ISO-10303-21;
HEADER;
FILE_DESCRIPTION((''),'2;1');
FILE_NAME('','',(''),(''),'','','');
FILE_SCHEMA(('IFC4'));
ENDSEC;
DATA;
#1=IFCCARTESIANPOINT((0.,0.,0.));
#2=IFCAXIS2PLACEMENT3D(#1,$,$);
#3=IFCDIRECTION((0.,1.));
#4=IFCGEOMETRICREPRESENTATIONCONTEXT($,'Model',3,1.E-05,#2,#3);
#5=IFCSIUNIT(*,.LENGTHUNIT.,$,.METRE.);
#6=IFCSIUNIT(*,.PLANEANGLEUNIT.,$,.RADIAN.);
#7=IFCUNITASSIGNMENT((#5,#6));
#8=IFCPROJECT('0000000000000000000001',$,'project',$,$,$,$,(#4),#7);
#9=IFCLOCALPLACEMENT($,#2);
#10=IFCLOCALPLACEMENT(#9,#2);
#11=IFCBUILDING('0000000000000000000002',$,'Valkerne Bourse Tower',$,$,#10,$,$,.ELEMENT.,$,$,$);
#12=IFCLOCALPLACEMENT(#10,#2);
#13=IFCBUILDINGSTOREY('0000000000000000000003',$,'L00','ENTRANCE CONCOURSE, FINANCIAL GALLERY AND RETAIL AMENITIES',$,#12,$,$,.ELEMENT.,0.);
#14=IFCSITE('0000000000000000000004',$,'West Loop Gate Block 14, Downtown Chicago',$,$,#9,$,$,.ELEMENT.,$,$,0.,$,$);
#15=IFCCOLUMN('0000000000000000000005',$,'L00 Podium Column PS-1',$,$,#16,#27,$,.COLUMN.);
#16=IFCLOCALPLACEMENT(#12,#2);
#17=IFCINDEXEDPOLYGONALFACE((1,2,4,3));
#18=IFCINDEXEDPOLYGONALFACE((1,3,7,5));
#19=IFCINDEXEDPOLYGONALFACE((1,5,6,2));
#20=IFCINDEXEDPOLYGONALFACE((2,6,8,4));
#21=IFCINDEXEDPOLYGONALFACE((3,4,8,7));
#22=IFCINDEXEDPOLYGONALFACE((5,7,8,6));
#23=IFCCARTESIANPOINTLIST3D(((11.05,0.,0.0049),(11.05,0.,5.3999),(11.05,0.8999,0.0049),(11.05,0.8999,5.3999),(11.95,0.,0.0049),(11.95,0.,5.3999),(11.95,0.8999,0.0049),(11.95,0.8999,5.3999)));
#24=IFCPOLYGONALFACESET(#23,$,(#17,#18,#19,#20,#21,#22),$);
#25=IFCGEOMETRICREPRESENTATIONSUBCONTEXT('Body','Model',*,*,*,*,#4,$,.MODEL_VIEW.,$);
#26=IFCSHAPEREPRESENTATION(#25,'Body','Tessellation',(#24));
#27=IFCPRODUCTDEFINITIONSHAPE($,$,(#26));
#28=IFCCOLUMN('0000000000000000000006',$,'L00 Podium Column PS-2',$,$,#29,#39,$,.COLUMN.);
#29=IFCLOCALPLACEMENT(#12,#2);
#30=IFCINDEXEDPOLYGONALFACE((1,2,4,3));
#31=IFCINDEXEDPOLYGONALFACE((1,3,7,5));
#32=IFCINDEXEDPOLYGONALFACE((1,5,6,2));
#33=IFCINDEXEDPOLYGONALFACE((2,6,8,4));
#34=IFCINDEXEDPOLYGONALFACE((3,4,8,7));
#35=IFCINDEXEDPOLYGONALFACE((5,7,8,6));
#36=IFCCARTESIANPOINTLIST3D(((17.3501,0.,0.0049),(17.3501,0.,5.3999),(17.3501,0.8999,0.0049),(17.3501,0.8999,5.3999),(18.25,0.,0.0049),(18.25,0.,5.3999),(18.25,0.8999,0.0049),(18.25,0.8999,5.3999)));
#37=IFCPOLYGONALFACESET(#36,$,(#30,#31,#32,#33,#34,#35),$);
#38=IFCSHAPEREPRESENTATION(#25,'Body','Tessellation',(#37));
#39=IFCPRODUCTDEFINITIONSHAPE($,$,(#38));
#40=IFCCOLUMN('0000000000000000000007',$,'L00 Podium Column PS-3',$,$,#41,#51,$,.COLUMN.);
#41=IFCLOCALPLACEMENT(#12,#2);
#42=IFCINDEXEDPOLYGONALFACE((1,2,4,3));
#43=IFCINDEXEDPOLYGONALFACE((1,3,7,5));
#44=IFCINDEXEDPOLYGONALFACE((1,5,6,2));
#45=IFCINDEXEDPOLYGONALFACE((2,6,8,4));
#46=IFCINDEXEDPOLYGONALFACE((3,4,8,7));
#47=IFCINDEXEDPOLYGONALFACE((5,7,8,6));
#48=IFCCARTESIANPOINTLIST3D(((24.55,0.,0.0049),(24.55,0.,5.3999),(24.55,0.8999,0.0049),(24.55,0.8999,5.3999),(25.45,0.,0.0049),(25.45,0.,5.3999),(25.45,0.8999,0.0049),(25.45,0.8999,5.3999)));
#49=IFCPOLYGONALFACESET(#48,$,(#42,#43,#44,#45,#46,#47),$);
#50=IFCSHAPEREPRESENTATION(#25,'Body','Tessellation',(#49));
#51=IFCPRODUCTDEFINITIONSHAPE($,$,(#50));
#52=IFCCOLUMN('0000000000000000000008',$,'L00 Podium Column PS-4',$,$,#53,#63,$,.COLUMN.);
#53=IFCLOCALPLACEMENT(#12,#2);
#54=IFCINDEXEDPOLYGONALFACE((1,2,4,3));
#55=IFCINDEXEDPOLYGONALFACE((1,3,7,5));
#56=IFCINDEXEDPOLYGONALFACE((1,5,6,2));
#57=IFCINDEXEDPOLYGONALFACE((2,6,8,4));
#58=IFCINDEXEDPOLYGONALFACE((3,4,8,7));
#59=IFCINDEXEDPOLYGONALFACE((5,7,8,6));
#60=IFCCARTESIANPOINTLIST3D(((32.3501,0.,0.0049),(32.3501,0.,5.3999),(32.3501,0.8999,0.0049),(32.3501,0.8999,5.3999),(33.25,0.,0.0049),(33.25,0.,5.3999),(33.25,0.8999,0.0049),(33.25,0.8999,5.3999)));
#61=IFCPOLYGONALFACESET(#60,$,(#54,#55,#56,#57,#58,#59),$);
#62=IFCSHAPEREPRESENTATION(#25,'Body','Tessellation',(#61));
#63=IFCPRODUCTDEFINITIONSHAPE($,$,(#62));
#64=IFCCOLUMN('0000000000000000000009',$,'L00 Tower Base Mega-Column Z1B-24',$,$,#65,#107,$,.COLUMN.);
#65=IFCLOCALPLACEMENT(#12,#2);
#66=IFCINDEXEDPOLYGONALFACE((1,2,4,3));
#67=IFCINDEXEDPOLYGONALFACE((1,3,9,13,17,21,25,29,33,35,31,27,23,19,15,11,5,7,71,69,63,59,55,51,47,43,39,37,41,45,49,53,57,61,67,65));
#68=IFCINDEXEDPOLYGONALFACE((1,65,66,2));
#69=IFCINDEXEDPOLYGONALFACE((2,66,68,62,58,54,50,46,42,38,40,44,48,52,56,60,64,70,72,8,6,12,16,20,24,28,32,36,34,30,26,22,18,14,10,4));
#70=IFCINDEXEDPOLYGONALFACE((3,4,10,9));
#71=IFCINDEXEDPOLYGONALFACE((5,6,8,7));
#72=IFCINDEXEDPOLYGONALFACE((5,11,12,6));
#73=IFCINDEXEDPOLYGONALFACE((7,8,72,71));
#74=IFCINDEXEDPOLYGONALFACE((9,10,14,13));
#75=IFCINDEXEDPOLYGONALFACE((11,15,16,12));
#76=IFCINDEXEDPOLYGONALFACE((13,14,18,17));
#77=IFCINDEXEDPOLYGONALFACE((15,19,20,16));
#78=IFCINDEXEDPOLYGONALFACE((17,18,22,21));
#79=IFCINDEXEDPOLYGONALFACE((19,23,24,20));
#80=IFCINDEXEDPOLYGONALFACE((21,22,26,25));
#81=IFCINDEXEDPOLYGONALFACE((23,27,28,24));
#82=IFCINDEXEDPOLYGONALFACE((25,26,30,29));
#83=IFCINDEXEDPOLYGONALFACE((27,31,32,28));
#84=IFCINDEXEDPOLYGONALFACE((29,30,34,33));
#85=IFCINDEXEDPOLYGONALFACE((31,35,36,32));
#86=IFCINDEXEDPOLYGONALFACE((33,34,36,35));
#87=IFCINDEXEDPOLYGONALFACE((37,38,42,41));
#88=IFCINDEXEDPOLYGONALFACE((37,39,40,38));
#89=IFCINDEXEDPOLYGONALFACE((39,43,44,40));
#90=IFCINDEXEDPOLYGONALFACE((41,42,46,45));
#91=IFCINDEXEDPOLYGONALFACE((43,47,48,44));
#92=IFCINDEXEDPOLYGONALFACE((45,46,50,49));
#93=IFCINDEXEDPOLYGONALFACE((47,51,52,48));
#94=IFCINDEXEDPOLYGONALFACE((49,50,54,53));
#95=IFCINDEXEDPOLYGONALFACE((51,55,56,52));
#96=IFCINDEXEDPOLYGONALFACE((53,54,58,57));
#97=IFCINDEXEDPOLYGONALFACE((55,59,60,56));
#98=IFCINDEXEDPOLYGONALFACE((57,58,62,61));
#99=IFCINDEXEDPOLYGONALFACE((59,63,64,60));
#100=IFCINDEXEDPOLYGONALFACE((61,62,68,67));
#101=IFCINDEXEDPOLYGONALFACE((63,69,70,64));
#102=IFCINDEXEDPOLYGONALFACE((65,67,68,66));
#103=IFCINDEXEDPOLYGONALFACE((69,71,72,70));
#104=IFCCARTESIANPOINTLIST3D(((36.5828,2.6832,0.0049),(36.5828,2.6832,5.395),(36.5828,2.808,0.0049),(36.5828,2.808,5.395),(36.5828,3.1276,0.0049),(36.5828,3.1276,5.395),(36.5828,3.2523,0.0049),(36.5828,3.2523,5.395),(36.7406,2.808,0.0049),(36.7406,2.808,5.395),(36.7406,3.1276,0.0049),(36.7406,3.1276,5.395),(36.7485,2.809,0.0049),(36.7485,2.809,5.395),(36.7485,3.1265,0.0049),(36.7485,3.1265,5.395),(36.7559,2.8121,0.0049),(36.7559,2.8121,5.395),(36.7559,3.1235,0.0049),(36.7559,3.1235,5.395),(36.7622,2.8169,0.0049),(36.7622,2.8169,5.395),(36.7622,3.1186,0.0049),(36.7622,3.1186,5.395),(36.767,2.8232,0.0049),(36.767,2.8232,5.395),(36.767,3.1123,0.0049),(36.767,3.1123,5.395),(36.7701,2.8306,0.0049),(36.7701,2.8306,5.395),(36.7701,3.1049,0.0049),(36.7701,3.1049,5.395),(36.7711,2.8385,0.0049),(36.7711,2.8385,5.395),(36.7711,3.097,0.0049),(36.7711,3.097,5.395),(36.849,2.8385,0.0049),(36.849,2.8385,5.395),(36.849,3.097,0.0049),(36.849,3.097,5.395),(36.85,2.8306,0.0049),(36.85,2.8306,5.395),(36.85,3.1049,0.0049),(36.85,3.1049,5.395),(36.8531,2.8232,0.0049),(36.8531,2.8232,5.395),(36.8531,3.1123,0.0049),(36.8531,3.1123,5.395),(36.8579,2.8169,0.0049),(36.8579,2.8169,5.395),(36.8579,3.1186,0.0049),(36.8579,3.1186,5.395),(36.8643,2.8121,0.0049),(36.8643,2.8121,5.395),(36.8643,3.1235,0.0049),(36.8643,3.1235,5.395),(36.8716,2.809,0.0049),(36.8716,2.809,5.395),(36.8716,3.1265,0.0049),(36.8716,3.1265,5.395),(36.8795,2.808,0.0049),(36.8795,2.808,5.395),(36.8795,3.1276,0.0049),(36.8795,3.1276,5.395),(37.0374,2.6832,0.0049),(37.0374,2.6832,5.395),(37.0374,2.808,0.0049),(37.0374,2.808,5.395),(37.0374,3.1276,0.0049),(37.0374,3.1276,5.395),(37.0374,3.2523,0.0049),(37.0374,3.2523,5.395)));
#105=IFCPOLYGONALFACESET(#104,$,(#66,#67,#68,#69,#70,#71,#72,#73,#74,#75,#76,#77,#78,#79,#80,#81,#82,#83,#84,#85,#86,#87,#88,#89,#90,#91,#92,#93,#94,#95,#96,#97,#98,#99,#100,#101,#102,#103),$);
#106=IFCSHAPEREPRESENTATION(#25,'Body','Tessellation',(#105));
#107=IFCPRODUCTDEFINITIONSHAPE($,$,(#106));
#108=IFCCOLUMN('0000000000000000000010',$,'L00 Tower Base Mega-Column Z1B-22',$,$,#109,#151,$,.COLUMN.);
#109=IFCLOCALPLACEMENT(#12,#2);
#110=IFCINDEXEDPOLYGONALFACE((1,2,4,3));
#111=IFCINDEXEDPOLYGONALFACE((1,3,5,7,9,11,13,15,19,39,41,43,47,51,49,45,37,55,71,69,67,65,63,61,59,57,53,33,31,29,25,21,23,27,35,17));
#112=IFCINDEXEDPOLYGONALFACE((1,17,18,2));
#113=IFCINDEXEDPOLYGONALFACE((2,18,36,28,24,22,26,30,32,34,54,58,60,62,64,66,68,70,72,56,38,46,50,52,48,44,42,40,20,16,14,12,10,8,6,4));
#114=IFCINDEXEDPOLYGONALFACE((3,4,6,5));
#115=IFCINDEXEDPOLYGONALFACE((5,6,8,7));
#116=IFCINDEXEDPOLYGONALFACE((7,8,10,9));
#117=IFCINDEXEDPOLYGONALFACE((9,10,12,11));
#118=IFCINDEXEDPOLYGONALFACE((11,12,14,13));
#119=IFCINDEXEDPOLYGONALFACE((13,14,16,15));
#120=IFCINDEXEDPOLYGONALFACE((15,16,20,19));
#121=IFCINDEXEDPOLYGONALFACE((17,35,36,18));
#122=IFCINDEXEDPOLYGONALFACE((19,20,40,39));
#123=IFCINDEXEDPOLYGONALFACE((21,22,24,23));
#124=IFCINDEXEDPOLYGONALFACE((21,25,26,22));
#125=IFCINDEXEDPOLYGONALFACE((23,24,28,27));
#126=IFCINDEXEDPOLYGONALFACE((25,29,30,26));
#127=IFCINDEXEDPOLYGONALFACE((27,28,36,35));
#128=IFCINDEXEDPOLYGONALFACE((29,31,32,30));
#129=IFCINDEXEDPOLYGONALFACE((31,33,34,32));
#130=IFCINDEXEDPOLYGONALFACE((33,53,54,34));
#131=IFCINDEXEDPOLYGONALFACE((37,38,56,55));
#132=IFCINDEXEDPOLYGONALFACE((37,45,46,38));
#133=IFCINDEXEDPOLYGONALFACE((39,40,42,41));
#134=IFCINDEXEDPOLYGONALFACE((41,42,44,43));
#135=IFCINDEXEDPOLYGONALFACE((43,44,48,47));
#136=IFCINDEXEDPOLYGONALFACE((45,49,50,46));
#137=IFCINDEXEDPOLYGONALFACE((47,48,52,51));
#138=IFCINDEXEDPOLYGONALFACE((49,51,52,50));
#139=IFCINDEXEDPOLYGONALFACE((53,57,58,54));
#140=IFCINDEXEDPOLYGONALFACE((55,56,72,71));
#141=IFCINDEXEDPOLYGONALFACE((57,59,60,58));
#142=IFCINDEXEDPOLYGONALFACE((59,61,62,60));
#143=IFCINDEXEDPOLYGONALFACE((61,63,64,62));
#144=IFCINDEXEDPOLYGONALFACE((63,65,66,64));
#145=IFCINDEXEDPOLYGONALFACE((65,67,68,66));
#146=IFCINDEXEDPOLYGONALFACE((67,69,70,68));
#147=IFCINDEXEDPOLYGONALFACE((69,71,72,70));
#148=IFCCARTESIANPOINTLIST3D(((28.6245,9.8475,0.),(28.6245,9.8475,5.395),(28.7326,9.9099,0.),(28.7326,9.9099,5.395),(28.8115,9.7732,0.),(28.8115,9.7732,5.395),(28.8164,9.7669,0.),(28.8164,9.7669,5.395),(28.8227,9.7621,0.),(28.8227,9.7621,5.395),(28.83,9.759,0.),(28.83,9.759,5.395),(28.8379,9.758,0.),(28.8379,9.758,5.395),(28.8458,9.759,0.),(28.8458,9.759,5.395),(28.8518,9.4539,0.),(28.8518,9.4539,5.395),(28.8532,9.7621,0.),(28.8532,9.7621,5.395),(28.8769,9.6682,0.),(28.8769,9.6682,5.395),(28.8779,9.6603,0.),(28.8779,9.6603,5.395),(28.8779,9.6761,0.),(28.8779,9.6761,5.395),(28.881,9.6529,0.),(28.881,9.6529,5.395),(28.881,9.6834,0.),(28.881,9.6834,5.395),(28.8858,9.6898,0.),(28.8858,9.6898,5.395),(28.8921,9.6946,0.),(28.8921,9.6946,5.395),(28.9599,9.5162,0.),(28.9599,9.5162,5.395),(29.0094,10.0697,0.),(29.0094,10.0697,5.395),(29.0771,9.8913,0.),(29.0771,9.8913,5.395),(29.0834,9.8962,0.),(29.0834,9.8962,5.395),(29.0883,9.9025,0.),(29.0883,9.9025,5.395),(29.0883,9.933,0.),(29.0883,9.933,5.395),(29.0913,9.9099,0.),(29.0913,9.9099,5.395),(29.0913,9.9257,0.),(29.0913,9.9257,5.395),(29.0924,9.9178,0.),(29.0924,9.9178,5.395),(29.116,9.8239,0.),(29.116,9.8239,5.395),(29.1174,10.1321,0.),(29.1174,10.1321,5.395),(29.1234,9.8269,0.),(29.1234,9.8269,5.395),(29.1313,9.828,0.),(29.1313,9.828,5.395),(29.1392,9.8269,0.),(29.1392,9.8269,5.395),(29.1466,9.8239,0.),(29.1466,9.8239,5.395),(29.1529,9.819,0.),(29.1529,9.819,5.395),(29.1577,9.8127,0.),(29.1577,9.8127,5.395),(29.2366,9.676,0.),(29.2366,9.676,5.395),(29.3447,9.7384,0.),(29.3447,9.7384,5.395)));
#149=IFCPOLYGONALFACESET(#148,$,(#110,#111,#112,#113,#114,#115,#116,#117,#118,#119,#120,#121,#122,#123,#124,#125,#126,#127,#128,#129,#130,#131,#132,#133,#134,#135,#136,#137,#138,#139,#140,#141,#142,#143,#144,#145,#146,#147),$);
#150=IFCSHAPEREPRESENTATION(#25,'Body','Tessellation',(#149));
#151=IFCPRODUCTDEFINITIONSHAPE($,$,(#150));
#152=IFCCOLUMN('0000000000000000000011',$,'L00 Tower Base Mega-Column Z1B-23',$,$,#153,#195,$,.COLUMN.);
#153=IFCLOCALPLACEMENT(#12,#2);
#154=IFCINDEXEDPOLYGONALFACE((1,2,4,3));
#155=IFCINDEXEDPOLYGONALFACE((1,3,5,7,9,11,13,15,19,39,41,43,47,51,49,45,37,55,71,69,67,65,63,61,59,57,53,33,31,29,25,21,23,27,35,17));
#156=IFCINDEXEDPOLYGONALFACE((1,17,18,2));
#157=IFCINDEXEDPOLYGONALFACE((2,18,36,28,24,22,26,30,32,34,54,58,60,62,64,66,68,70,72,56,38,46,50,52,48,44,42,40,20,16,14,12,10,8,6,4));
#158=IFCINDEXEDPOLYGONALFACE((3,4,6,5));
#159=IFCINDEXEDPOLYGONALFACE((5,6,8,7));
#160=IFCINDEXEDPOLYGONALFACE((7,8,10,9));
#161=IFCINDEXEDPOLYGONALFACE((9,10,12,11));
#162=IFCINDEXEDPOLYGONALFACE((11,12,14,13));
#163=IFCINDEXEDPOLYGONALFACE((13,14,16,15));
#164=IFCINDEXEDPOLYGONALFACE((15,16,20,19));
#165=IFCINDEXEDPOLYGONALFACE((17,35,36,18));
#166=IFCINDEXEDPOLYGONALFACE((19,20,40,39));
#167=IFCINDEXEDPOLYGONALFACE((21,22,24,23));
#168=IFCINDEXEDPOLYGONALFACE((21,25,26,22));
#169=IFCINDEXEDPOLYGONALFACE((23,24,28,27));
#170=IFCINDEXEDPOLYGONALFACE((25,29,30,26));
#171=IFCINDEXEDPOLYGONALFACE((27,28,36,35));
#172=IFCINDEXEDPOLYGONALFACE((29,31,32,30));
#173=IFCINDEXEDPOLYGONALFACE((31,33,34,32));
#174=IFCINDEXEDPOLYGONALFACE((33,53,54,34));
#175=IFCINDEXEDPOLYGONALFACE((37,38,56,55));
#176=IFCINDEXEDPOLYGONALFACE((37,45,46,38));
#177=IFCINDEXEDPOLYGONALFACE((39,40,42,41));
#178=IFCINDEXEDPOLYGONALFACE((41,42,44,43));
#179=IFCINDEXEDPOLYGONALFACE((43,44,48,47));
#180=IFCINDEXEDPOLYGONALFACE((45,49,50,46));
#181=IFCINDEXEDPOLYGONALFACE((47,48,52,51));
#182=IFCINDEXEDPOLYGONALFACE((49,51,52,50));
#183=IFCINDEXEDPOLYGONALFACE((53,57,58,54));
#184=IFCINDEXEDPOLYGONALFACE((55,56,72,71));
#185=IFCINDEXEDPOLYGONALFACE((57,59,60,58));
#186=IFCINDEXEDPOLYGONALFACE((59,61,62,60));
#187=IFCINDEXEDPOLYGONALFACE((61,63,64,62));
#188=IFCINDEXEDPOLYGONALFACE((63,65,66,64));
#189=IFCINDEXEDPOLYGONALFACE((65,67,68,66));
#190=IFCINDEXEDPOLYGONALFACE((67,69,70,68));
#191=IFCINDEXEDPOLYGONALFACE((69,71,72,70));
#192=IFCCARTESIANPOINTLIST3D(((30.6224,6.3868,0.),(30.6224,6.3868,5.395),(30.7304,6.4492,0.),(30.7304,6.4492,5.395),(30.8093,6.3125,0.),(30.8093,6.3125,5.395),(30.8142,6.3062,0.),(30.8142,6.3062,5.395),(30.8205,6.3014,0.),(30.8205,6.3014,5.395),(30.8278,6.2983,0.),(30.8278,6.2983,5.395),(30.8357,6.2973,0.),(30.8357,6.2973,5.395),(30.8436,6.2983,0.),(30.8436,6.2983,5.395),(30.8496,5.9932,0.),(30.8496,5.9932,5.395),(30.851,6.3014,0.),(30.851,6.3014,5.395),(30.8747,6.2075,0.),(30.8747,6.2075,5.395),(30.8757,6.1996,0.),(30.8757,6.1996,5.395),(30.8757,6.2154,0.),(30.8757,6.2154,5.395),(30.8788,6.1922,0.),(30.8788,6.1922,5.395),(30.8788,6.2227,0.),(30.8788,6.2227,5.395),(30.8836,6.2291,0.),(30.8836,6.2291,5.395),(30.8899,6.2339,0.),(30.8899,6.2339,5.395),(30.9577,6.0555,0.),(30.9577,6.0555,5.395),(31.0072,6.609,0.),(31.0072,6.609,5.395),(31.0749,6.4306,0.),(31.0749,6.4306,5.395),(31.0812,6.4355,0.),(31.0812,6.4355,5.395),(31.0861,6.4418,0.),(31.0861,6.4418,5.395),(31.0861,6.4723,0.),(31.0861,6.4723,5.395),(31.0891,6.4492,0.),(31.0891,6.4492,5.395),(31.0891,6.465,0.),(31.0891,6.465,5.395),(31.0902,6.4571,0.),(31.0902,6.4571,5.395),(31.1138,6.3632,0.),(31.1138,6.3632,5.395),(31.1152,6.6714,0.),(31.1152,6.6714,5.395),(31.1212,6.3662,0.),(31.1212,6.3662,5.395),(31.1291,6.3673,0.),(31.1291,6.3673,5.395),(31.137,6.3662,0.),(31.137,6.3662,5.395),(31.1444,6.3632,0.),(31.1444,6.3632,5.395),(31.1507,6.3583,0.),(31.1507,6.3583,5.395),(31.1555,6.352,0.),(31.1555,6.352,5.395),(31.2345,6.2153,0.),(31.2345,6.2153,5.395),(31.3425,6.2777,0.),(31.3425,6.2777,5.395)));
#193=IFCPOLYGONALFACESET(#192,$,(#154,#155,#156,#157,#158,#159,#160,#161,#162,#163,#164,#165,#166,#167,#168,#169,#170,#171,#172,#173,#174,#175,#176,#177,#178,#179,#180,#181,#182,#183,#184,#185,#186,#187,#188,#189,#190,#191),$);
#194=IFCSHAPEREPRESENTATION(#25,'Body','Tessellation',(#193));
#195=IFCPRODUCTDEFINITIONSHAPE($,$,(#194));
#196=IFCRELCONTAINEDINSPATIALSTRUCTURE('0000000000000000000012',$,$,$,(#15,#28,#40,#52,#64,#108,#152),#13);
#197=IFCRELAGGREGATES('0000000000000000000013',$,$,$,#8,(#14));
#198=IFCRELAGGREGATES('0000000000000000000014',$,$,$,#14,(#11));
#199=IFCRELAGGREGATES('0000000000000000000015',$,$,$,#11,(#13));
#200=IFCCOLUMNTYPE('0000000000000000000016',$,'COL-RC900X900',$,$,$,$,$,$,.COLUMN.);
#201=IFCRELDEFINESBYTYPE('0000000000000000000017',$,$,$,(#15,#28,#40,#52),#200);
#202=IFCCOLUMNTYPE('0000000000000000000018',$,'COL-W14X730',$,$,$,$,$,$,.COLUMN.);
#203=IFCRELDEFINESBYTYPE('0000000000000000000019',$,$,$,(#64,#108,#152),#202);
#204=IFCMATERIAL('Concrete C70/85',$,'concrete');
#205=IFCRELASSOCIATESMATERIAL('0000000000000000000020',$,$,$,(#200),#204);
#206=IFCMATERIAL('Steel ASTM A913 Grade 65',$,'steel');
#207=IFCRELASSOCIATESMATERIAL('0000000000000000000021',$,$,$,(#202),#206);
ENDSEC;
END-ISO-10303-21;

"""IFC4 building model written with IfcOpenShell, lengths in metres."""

from ifc_helpers import new_model, si_unit, direction, frame, origin, origin_2d, place, context, subcontext, project, spatial, rectangle, i_section, extrude, material, material_profile, profile_set, type_object, element, save


model = new_model("IFC4")

# Units and contexts
model_context = context("Model", 3, precision=1e-05, world=origin(), true_north=direction((0.0, 1.0)))
body_context = subcontext(model_context, "Body", "Model", "MODEL_VIEW")
ifc_project = project(units=[si_unit("LENGTHUNIT", "METRE"), si_unit("PLANEANGLEUNIT", "RADIAN")], contexts=[model_context])

# Site, building, storey
site_placement = place(None, origin())
site = spatial("IfcSite", under=ifc_project, at=site_placement, Name="West Loop Gate Block 14, Downtown Chicago", CompositionType="ELEMENT", RefElevation=0.0)
building_placement = place(site_placement, origin())
building = spatial("IfcBuilding", under=site, at=building_placement, Name="Valkerne Bourse Tower", CompositionType="ELEMENT")
storey_placement = place(building_placement, origin())
storey = spatial("IfcBuildingStorey", under=building, at=storey_placement, Name="L00", Description="ENTRANCE CONCOURSE, FINANCIAL GALLERY AND RETAIL AMENITIES", CompositionType="ELEMENT", Elevation=0.0)

# Columns
ifc_material_1 = material(Name="Concrete C70/85", Category="concrete")
ifc_material_profile_1 = material_profile(ifc_material_1, rectangle(XDim=0.8999, YDim=0.8999, at=origin_2d()), Name="RC900X900")
ifc_profile_set_1 = profile_set([ifc_material_profile_1], Name="Concrete C70/85")
column_type_1 = type_object("IfcColumnType", Name="COL-RC900X900", PredefinedType="COLUMN", material=ifc_profile_set_1)
for number, where, z_axis, x_axis, name in (
    (1, (11.5, 0.45, 0.0049), (0.0, 0.0, 1.0), (1.0, 0.0, 0.0), "L00 Podium Column PS-1"),
    (2, (17.8, 0.45, 0.0049), (0.0, 0.0, 1.0), (1.0, 0.0, 0.0), "L00 Podium Column PS-2"),
    (3, (25.0, 0.45, 0.0049), (0.0, 0.0, 1.0), (1.0, 0.0, 0.0), "L00 Podium Column PS-3"),
    (4, (32.8, 0.45, 0.0049), (0.0, 0.0, 1.0), (1.0, 0.0, 0.0), "L00 Podium Column PS-4"),
):
    element("IfcColumn", number, at=place(storey_placement, frame(where, z_axis=z_axis, x_axis=x_axis)), inside=storey, type_object=column_type_1, Name=name, PredefinedType="COLUMN", context=body_context, shape_type="SweptSolid", body=[
        extrude(rectangle(XDim=0.8999, YDim=0.8999, at=origin_2d()), origin(), (0.0, 0.0, 1.0), 5.395),
    ])
ifc_material_2 = material(Name="Steel ASTM A913 Grade 65", Category="steel")
ifc_material_profile_2 = material_profile(ifc_material_2, i_section(OverallWidth=0.4546, OverallDepth=0.5691, WebThickness=0.0779, FlangeThickness=0.1248, FilletRadius=0.0305, at=origin_2d()), Name="W14X730")
ifc_profile_set_2 = profile_set([ifc_material_profile_2], Name="Steel ASTM A913 Grade 65")
column_type_2 = type_object("IfcColumnType", Name="COL-W14X730", PredefinedType="COLUMN", material=ifc_profile_set_2)
column_placement = place(storey_placement, frame((36.8101, 2.9678, 0.0049), z_axis=(0.0, 0.0, 1.0), x_axis=(1.0, 0.0, 0.0)))
element("IfcColumn", 5, at=column_placement, inside=storey, type_object=column_type_2, Name="L00 Tower Base Mega-Column Z1B-24", PredefinedType="COLUMN", context=body_context, shape_type="SweptSolid", body=[
    extrude(i_section(OverallWidth=0.4546, OverallDepth=0.5691, WebThickness=0.0779, FlangeThickness=0.1248, FilletRadius=0.0305, at=origin_2d()), origin(), (0.0, 0.0, 1.0), 5.3901),
])
for number, where, z_axis, x_axis, name in (
    (6, (28.9846, 9.793, 0.0), (0.0, 0.0, 1.0), (0.5, -0.866025, 0.0), "L00 Tower Base Mega-Column Z1B-22"),
    (7, (30.9824, 6.3323, 0.0), (0.0, 0.0, 1.0), (0.5, -0.866025, 0.0), "L00 Tower Base Mega-Column Z1B-23"),
):
    element("IfcColumn", number, at=place(storey_placement, frame(where, z_axis=z_axis, x_axis=x_axis)), inside=storey, type_object=column_type_2, Name=name, PredefinedType="COLUMN", context=body_context, shape_type="SweptSolid", body=[
        extrude(i_section(OverallWidth=0.4546, OverallDepth=0.5691, WebThickness=0.0779, FlangeThickness=0.1248, FilletRadius=0.0305, at=origin_2d()), origin(), (0.0, 0.0, 1.0), 5.395),
    ])

save(model, "model.ifc")
